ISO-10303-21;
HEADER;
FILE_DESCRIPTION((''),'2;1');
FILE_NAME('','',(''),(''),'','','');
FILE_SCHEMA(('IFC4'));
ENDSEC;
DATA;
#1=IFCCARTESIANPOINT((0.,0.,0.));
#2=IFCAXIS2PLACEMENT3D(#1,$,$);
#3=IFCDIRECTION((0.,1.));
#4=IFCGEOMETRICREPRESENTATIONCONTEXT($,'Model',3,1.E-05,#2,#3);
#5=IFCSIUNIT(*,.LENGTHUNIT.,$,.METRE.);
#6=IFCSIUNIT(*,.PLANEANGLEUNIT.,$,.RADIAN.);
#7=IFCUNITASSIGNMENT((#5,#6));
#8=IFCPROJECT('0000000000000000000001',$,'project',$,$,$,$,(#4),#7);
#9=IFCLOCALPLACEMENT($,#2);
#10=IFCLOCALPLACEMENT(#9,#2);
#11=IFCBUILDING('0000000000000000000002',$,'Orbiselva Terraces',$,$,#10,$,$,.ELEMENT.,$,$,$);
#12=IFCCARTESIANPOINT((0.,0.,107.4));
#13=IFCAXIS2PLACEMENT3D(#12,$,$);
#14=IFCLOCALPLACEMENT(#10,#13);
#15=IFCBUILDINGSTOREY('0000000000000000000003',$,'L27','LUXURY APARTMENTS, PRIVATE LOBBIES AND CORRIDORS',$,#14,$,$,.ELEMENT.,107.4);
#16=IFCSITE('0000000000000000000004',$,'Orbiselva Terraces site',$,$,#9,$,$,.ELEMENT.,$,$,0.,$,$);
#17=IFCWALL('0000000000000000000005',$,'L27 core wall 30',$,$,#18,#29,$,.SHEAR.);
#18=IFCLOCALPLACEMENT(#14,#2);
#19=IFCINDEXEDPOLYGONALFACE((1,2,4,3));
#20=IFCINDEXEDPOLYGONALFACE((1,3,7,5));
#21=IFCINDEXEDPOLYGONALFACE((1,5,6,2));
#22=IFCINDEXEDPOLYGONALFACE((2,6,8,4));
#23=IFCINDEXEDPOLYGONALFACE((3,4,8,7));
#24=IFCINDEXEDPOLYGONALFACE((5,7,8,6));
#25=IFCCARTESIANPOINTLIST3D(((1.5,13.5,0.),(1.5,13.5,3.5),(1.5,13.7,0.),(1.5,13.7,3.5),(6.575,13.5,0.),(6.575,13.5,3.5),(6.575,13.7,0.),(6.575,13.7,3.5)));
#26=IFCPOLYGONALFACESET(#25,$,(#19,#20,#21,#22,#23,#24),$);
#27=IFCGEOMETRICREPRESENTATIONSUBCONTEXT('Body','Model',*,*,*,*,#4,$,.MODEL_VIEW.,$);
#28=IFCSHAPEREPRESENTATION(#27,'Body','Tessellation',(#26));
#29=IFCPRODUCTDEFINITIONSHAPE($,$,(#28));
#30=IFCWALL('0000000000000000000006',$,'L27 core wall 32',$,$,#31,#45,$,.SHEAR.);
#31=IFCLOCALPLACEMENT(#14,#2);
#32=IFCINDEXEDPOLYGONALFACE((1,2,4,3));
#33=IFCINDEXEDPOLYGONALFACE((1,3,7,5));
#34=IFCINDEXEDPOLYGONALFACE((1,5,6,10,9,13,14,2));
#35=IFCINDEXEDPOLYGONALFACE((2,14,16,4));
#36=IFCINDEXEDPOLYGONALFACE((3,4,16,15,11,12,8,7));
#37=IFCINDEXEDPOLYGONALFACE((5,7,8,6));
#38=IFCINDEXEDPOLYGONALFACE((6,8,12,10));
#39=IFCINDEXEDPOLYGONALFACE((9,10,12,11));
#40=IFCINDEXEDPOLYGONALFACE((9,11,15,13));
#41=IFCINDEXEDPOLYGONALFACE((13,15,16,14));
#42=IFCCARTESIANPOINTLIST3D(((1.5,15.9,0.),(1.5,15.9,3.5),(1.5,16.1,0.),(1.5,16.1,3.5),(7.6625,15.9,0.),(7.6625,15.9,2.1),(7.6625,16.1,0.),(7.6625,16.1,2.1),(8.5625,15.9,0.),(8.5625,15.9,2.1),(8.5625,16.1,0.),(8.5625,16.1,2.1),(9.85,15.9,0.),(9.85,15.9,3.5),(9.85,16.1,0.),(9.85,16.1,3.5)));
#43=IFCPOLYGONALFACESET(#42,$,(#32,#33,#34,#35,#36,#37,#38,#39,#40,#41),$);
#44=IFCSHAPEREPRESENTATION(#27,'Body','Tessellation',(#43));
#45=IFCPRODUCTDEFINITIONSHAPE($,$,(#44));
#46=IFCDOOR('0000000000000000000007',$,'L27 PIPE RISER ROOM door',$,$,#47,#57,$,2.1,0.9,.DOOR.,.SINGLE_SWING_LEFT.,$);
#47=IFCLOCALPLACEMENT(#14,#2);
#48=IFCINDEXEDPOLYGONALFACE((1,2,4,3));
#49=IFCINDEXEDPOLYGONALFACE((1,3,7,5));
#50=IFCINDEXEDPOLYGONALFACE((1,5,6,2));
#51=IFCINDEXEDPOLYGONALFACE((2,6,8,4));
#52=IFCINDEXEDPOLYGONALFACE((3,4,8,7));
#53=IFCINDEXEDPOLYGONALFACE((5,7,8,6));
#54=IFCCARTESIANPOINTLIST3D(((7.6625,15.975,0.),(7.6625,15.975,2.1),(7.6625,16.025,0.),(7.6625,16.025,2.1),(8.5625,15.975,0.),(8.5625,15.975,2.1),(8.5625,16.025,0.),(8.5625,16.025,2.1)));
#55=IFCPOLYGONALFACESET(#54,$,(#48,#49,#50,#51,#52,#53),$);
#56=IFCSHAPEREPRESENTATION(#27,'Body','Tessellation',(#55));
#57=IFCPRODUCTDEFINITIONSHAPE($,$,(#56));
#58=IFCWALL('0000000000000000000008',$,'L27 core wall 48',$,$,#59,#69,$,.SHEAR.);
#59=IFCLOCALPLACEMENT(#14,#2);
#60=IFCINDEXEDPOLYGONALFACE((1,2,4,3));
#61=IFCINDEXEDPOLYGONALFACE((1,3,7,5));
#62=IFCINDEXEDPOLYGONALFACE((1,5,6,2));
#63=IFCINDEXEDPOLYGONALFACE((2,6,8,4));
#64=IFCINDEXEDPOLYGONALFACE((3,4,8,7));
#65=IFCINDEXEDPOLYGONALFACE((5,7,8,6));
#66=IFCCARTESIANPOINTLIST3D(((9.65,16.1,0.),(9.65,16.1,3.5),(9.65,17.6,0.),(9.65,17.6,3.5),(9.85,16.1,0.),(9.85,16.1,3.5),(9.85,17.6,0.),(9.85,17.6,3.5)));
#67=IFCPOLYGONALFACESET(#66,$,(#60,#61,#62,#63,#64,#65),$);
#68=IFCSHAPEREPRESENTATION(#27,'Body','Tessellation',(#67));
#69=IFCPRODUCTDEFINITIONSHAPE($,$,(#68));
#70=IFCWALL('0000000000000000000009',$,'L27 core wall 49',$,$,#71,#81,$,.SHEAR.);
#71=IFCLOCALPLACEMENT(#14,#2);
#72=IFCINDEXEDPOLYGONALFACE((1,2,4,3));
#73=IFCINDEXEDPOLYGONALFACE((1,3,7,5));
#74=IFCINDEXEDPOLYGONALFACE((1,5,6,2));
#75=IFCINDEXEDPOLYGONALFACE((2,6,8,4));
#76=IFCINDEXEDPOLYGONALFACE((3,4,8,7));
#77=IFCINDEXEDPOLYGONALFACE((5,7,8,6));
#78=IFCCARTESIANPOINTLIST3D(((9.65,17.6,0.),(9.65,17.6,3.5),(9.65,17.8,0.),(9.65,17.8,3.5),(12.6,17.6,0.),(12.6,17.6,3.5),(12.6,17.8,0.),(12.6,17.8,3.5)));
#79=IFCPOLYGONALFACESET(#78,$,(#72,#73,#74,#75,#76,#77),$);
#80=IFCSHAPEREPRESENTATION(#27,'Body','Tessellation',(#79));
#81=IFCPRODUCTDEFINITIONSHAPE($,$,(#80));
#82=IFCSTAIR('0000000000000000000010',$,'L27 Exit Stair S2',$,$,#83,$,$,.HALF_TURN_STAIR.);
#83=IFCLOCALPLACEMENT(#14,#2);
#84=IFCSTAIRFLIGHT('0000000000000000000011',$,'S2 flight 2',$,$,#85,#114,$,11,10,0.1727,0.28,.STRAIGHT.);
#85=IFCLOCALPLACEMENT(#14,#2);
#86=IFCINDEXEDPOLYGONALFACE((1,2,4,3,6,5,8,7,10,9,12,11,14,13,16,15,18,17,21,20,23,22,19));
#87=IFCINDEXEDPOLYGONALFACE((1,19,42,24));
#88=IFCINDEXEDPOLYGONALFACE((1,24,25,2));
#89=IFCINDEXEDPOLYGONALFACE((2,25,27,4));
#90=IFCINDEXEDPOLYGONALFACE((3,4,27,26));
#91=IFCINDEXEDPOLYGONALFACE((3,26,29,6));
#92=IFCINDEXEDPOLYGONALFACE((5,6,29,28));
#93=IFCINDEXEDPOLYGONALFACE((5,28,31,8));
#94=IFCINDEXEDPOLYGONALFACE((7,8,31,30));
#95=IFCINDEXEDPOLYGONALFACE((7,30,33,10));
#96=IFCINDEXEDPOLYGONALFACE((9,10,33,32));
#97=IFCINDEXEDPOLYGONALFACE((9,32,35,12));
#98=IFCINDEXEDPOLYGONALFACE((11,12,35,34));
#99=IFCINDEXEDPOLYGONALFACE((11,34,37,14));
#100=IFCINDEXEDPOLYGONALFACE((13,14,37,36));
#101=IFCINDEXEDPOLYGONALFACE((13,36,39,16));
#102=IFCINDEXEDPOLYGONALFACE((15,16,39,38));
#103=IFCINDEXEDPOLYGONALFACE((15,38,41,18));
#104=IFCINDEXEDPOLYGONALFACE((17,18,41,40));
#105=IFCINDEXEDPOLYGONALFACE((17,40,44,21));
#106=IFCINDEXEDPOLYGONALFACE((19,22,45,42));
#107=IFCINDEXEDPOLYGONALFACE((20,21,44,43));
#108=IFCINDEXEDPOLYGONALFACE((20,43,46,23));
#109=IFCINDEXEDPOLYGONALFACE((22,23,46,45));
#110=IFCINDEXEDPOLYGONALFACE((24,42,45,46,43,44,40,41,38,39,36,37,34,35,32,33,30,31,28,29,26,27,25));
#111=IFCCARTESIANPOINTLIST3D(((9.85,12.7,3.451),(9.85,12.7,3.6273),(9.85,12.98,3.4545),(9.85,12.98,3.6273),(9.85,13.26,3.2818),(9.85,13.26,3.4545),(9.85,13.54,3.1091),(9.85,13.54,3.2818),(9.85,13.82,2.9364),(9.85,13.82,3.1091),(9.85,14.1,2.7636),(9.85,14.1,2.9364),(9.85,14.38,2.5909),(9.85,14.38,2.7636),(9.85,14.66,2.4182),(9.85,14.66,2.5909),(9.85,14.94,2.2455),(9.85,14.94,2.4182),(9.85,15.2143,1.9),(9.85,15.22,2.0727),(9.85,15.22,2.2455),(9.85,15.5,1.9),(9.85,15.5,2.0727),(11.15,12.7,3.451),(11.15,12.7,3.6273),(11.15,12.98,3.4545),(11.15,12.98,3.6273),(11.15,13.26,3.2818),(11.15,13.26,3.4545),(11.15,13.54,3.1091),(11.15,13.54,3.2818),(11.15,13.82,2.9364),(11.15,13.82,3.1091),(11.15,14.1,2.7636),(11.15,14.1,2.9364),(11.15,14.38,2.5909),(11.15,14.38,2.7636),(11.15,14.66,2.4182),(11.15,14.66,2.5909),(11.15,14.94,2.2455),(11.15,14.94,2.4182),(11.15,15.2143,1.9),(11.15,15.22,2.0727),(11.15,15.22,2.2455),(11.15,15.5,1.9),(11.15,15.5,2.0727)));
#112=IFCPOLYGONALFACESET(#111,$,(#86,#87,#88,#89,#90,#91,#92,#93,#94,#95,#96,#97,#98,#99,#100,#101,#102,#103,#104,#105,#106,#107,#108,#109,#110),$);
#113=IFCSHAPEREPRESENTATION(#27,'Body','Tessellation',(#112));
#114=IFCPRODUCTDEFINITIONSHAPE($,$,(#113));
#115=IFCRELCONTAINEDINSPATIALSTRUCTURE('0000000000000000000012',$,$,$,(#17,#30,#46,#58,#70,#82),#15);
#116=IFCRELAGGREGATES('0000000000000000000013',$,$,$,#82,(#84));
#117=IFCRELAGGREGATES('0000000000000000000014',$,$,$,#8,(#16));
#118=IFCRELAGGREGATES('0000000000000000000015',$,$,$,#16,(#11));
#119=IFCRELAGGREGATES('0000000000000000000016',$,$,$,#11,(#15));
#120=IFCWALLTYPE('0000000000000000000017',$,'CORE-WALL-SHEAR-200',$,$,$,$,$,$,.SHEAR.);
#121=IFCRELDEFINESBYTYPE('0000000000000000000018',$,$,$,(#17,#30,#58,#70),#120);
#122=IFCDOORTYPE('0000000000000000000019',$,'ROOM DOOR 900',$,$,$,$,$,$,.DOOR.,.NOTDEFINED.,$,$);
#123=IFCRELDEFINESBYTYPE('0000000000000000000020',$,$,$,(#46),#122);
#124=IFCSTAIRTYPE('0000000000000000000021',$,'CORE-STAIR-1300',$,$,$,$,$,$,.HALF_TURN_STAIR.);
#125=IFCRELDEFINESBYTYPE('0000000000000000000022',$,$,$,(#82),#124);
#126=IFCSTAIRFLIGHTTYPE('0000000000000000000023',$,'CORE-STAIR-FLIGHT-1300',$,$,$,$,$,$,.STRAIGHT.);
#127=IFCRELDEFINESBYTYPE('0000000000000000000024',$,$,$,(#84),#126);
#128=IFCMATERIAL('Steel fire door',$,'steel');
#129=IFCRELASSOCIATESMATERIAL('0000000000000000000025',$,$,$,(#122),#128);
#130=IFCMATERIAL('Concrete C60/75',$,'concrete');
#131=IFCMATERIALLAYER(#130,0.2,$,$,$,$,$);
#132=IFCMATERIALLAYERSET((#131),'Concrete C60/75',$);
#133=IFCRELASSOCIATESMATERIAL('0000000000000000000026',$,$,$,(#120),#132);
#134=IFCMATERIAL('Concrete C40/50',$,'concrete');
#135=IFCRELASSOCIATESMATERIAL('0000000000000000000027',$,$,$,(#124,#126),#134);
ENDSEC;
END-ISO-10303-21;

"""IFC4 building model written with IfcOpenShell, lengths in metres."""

from ifc_helpers import new_model, si_unit, direction, frame, frame_2d, origin, place, context, subcontext, project, spatial, polyline, rectangle, outline, extrude, material, layer, layer_set, type_object, element, fill, aggregate, save


model = new_model("IFC4")

# Units and contexts
model_context = context("Model", 3, precision=1e-05, world=origin(), true_north=direction((0.0, 1.0)))
body_context = subcontext(model_context, "Body", "Model", "MODEL_VIEW")
ifc_project = project(units=[si_unit("LENGTHUNIT", "METRE"), si_unit("PLANEANGLEUNIT", "RADIAN")], contexts=[model_context])

# Site, building, storey
site_placement = place(None, origin())
site = spatial("IfcSite", under=ifc_project, at=site_placement, Name="Orbiselva Terraces site", CompositionType="ELEMENT", RefElevation=0.0)
building_placement = place(site_placement, origin())
building = spatial("IfcBuilding", under=site, at=building_placement, Name="Orbiselva Terraces", CompositionType="ELEMENT")
storey_placement = place(building_placement, frame((0.0, 0.0, 107.4)))
storey = spatial("IfcBuildingStorey", under=building, at=storey_placement, Name="L27", Description="LUXURY APARTMENTS, PRIVATE LOBBIES AND CORRIDORS", CompositionType="ELEMENT", Elevation=107.4)

# Shared definitions
ifc_material_1 = material(Name="Steel fire door", Category="steel")
door_type = type_object("IfcDoorType", Name="ROOM DOOR 900", OperationType="NOTDEFINED", PredefinedType="DOOR", material=ifc_material_1)

# Shared definitions
ifc_material_2 = material(Name="Concrete C40/50", Category="concrete")

# Shared definitions
ifc_material_3 = material(Name="Concrete C60/75", Category="concrete")
ifc_layer_1 = layer(ifc_material_3, 0.2)
ifc_layer_set_1 = layer_set([ifc_layer_1], Name="Concrete C60/75")
wall_type_1 = type_object("IfcWallType", Name="CORE-WALL-SHEAR-200", PredefinedType="SHEAR", material=ifc_layer_set_1)

# Wall
wall_1_placement = place(storey_placement, frame((1.5, 13.6, 0.0), z_axis=(0.0, 0.0, 1.0), x_axis=(1.0, 0.0, 0.0)))
element("IfcWall", 1, at=wall_1_placement, inside=storey, type_object=wall_type_1, Name="L27 core wall 30", PredefinedType="SHEAR", context=body_context, shape_type="SweptSolid", body=[
    extrude(rectangle(XDim=5.075, YDim=0.2, at=frame_2d((2.5375, 0.0))), origin(), (0.0, 0.0, 1.0), 3.5),
])

# Wall, opening, door
wall_2_placement = place(storey_placement, frame((9.85, 16.0, 0.0), z_axis=(0.0, 0.0, 1.0), x_axis=(-1.0, 0.0, 0.0)))
wall_2 = element("IfcWall", 2, at=wall_2_placement, inside=storey, type_object=wall_type_1, Name="L27 core wall 32", PredefinedType="SHEAR", context=body_context, shape_type="SweptSolid", body=[
    extrude(rectangle(XDim=8.35, YDim=0.2, at=frame_2d((4.175, 0.0))), origin(), (0.0, 0.0, 1.0), 3.5),
])
opening_1_placement = place(wall_2_placement, frame((1.2875, 0.0, 0.0)))
opening_1 = element("IfcOpeningElement", 3, at=opening_1_placement, cuts=wall_2, PredefinedType="OPENING", context=body_context, shape_type="SweptSolid", body=[
    extrude(rectangle(XDim=0.9, YDim=2.1, at=frame_2d((0.45, 1.05))), frame((0.0, 0.11, 0.0), z_axis=(0.0, -1.0, 0.0), x_axis=(1.0, 0.0, 0.0)), (0.0, 0.0, 1.0), 0.22),
])
door_1_placement = place(opening_1_placement, origin())
door_1 = element("IfcDoor", 4, at=door_1_placement, inside=storey, type_object=door_type, Name="L27 PIPE RISER ROOM door", OperationType="SINGLE_SWING_LEFT", OverallHeight=2.1, OverallWidth=0.9, PredefinedType="DOOR", context=body_context, shape_type="SweptSolid", body=[
    extrude(rectangle(XDim=0.9, YDim=2.1, at=frame_2d((0.45, 1.05))), frame((0.0, 0.025, 0.0), z_axis=(0.0, -1.0, 0.0), x_axis=(1.0, 0.0, 0.0)), (0.0, 0.0, 1.0), 0.05),
])
fill(opening_1, door_1)

# Walls
wall_3_placement = place(storey_placement, frame((9.75, 16.1, 0.0), z_axis=(0.0, 0.0, 1.0), x_axis=(0.0, 1.0, 0.0)))
element("IfcWall", 5, at=wall_3_placement, inside=storey, type_object=wall_type_1, Name="L27 core wall 48", PredefinedType="SHEAR", context=body_context, shape_type="SweptSolid", body=[
    extrude(rectangle(XDim=1.5, YDim=0.2, at=frame_2d((0.75, 0.0))), origin(), (0.0, 0.0, 1.0), 3.5),
])
wall_4_placement = place(storey_placement, frame((9.65, 17.7, 0.0), z_axis=(0.0, 0.0, 1.0), x_axis=(1.0, 0.0, 0.0)))
element("IfcWall", 6, at=wall_4_placement, inside=storey, type_object=wall_type_1, Name="L27 core wall 49", PredefinedType="SHEAR", context=body_context, shape_type="SweptSolid", body=[
    extrude(rectangle(XDim=2.95, YDim=0.2, at=frame_2d((1.475, 0.0))), origin(), (0.0, 0.0, 1.0), 3.5),
])

# Stair, stair flight
stair_type = type_object("IfcStairType", Name="CORE-STAIR-1300", PredefinedType="HALF_TURN_STAIR", material=ifc_material_2)
stair_placement = place(storey_placement, origin())
stair = element("IfcStair", 7, at=stair_placement, inside=storey, type_object=stair_type, Name="L27 Exit Stair S2", PredefinedType="HALF_TURN_STAIR")
stair_flight_type = type_object("IfcStairFlightType", Name="CORE-STAIR-FLIGHT-1300", PredefinedType="STRAIGHT", material=ifc_material_2)
stair_flight_placement = place(storey_placement, frame((10.5, 15.5, 1.9), z_axis=(0.0, 0.0, 1.0), x_axis=(0.0, -1.0, 0.0)))
stair_flight = element("IfcStairFlight", 8, at=stair_flight_placement, type_object=stair_flight_type, Name="S2 flight 2", NumberOfRisers=11, NumberOfTreads=10, PredefinedType="STRAIGHT", RiserHeight=0.1727, TreadLength=0.28, context=body_context, shape_type="SweptSolid", body=[
    extrude(outline(polyline([(0.0, 0.0), (0.0, 0.1727), (0.28, 0.1727), (0.28, 0.3455), (0.56, 0.3455), (0.56, 0.5182), (0.84, 0.5182), (0.84, 0.6909), (1.12, 0.6909), (1.12, 0.8636), (1.4, 0.8636), (1.4, 1.0364), (1.68, 1.0364), (1.68, 1.2091), (1.96, 1.2091), (1.96, 1.3818), (2.24, 1.3818), (2.24, 1.5545), (2.52, 1.5545), (2.52, 1.7273), (2.8, 1.7273), (2.8, 1.9), (2.8, 1.551), (0.2857, 0.0), (0.0, 0.0)])), frame((0.0, 0.65, 0.0), z_axis=(0.0, -1.0, 0.0), x_axis=(1.0, 0.0, 0.0)), (0.0, 0.0, 1.0), 1.3),
])
aggregate(stair, [stair_flight])

save(model, "model.ifc")
